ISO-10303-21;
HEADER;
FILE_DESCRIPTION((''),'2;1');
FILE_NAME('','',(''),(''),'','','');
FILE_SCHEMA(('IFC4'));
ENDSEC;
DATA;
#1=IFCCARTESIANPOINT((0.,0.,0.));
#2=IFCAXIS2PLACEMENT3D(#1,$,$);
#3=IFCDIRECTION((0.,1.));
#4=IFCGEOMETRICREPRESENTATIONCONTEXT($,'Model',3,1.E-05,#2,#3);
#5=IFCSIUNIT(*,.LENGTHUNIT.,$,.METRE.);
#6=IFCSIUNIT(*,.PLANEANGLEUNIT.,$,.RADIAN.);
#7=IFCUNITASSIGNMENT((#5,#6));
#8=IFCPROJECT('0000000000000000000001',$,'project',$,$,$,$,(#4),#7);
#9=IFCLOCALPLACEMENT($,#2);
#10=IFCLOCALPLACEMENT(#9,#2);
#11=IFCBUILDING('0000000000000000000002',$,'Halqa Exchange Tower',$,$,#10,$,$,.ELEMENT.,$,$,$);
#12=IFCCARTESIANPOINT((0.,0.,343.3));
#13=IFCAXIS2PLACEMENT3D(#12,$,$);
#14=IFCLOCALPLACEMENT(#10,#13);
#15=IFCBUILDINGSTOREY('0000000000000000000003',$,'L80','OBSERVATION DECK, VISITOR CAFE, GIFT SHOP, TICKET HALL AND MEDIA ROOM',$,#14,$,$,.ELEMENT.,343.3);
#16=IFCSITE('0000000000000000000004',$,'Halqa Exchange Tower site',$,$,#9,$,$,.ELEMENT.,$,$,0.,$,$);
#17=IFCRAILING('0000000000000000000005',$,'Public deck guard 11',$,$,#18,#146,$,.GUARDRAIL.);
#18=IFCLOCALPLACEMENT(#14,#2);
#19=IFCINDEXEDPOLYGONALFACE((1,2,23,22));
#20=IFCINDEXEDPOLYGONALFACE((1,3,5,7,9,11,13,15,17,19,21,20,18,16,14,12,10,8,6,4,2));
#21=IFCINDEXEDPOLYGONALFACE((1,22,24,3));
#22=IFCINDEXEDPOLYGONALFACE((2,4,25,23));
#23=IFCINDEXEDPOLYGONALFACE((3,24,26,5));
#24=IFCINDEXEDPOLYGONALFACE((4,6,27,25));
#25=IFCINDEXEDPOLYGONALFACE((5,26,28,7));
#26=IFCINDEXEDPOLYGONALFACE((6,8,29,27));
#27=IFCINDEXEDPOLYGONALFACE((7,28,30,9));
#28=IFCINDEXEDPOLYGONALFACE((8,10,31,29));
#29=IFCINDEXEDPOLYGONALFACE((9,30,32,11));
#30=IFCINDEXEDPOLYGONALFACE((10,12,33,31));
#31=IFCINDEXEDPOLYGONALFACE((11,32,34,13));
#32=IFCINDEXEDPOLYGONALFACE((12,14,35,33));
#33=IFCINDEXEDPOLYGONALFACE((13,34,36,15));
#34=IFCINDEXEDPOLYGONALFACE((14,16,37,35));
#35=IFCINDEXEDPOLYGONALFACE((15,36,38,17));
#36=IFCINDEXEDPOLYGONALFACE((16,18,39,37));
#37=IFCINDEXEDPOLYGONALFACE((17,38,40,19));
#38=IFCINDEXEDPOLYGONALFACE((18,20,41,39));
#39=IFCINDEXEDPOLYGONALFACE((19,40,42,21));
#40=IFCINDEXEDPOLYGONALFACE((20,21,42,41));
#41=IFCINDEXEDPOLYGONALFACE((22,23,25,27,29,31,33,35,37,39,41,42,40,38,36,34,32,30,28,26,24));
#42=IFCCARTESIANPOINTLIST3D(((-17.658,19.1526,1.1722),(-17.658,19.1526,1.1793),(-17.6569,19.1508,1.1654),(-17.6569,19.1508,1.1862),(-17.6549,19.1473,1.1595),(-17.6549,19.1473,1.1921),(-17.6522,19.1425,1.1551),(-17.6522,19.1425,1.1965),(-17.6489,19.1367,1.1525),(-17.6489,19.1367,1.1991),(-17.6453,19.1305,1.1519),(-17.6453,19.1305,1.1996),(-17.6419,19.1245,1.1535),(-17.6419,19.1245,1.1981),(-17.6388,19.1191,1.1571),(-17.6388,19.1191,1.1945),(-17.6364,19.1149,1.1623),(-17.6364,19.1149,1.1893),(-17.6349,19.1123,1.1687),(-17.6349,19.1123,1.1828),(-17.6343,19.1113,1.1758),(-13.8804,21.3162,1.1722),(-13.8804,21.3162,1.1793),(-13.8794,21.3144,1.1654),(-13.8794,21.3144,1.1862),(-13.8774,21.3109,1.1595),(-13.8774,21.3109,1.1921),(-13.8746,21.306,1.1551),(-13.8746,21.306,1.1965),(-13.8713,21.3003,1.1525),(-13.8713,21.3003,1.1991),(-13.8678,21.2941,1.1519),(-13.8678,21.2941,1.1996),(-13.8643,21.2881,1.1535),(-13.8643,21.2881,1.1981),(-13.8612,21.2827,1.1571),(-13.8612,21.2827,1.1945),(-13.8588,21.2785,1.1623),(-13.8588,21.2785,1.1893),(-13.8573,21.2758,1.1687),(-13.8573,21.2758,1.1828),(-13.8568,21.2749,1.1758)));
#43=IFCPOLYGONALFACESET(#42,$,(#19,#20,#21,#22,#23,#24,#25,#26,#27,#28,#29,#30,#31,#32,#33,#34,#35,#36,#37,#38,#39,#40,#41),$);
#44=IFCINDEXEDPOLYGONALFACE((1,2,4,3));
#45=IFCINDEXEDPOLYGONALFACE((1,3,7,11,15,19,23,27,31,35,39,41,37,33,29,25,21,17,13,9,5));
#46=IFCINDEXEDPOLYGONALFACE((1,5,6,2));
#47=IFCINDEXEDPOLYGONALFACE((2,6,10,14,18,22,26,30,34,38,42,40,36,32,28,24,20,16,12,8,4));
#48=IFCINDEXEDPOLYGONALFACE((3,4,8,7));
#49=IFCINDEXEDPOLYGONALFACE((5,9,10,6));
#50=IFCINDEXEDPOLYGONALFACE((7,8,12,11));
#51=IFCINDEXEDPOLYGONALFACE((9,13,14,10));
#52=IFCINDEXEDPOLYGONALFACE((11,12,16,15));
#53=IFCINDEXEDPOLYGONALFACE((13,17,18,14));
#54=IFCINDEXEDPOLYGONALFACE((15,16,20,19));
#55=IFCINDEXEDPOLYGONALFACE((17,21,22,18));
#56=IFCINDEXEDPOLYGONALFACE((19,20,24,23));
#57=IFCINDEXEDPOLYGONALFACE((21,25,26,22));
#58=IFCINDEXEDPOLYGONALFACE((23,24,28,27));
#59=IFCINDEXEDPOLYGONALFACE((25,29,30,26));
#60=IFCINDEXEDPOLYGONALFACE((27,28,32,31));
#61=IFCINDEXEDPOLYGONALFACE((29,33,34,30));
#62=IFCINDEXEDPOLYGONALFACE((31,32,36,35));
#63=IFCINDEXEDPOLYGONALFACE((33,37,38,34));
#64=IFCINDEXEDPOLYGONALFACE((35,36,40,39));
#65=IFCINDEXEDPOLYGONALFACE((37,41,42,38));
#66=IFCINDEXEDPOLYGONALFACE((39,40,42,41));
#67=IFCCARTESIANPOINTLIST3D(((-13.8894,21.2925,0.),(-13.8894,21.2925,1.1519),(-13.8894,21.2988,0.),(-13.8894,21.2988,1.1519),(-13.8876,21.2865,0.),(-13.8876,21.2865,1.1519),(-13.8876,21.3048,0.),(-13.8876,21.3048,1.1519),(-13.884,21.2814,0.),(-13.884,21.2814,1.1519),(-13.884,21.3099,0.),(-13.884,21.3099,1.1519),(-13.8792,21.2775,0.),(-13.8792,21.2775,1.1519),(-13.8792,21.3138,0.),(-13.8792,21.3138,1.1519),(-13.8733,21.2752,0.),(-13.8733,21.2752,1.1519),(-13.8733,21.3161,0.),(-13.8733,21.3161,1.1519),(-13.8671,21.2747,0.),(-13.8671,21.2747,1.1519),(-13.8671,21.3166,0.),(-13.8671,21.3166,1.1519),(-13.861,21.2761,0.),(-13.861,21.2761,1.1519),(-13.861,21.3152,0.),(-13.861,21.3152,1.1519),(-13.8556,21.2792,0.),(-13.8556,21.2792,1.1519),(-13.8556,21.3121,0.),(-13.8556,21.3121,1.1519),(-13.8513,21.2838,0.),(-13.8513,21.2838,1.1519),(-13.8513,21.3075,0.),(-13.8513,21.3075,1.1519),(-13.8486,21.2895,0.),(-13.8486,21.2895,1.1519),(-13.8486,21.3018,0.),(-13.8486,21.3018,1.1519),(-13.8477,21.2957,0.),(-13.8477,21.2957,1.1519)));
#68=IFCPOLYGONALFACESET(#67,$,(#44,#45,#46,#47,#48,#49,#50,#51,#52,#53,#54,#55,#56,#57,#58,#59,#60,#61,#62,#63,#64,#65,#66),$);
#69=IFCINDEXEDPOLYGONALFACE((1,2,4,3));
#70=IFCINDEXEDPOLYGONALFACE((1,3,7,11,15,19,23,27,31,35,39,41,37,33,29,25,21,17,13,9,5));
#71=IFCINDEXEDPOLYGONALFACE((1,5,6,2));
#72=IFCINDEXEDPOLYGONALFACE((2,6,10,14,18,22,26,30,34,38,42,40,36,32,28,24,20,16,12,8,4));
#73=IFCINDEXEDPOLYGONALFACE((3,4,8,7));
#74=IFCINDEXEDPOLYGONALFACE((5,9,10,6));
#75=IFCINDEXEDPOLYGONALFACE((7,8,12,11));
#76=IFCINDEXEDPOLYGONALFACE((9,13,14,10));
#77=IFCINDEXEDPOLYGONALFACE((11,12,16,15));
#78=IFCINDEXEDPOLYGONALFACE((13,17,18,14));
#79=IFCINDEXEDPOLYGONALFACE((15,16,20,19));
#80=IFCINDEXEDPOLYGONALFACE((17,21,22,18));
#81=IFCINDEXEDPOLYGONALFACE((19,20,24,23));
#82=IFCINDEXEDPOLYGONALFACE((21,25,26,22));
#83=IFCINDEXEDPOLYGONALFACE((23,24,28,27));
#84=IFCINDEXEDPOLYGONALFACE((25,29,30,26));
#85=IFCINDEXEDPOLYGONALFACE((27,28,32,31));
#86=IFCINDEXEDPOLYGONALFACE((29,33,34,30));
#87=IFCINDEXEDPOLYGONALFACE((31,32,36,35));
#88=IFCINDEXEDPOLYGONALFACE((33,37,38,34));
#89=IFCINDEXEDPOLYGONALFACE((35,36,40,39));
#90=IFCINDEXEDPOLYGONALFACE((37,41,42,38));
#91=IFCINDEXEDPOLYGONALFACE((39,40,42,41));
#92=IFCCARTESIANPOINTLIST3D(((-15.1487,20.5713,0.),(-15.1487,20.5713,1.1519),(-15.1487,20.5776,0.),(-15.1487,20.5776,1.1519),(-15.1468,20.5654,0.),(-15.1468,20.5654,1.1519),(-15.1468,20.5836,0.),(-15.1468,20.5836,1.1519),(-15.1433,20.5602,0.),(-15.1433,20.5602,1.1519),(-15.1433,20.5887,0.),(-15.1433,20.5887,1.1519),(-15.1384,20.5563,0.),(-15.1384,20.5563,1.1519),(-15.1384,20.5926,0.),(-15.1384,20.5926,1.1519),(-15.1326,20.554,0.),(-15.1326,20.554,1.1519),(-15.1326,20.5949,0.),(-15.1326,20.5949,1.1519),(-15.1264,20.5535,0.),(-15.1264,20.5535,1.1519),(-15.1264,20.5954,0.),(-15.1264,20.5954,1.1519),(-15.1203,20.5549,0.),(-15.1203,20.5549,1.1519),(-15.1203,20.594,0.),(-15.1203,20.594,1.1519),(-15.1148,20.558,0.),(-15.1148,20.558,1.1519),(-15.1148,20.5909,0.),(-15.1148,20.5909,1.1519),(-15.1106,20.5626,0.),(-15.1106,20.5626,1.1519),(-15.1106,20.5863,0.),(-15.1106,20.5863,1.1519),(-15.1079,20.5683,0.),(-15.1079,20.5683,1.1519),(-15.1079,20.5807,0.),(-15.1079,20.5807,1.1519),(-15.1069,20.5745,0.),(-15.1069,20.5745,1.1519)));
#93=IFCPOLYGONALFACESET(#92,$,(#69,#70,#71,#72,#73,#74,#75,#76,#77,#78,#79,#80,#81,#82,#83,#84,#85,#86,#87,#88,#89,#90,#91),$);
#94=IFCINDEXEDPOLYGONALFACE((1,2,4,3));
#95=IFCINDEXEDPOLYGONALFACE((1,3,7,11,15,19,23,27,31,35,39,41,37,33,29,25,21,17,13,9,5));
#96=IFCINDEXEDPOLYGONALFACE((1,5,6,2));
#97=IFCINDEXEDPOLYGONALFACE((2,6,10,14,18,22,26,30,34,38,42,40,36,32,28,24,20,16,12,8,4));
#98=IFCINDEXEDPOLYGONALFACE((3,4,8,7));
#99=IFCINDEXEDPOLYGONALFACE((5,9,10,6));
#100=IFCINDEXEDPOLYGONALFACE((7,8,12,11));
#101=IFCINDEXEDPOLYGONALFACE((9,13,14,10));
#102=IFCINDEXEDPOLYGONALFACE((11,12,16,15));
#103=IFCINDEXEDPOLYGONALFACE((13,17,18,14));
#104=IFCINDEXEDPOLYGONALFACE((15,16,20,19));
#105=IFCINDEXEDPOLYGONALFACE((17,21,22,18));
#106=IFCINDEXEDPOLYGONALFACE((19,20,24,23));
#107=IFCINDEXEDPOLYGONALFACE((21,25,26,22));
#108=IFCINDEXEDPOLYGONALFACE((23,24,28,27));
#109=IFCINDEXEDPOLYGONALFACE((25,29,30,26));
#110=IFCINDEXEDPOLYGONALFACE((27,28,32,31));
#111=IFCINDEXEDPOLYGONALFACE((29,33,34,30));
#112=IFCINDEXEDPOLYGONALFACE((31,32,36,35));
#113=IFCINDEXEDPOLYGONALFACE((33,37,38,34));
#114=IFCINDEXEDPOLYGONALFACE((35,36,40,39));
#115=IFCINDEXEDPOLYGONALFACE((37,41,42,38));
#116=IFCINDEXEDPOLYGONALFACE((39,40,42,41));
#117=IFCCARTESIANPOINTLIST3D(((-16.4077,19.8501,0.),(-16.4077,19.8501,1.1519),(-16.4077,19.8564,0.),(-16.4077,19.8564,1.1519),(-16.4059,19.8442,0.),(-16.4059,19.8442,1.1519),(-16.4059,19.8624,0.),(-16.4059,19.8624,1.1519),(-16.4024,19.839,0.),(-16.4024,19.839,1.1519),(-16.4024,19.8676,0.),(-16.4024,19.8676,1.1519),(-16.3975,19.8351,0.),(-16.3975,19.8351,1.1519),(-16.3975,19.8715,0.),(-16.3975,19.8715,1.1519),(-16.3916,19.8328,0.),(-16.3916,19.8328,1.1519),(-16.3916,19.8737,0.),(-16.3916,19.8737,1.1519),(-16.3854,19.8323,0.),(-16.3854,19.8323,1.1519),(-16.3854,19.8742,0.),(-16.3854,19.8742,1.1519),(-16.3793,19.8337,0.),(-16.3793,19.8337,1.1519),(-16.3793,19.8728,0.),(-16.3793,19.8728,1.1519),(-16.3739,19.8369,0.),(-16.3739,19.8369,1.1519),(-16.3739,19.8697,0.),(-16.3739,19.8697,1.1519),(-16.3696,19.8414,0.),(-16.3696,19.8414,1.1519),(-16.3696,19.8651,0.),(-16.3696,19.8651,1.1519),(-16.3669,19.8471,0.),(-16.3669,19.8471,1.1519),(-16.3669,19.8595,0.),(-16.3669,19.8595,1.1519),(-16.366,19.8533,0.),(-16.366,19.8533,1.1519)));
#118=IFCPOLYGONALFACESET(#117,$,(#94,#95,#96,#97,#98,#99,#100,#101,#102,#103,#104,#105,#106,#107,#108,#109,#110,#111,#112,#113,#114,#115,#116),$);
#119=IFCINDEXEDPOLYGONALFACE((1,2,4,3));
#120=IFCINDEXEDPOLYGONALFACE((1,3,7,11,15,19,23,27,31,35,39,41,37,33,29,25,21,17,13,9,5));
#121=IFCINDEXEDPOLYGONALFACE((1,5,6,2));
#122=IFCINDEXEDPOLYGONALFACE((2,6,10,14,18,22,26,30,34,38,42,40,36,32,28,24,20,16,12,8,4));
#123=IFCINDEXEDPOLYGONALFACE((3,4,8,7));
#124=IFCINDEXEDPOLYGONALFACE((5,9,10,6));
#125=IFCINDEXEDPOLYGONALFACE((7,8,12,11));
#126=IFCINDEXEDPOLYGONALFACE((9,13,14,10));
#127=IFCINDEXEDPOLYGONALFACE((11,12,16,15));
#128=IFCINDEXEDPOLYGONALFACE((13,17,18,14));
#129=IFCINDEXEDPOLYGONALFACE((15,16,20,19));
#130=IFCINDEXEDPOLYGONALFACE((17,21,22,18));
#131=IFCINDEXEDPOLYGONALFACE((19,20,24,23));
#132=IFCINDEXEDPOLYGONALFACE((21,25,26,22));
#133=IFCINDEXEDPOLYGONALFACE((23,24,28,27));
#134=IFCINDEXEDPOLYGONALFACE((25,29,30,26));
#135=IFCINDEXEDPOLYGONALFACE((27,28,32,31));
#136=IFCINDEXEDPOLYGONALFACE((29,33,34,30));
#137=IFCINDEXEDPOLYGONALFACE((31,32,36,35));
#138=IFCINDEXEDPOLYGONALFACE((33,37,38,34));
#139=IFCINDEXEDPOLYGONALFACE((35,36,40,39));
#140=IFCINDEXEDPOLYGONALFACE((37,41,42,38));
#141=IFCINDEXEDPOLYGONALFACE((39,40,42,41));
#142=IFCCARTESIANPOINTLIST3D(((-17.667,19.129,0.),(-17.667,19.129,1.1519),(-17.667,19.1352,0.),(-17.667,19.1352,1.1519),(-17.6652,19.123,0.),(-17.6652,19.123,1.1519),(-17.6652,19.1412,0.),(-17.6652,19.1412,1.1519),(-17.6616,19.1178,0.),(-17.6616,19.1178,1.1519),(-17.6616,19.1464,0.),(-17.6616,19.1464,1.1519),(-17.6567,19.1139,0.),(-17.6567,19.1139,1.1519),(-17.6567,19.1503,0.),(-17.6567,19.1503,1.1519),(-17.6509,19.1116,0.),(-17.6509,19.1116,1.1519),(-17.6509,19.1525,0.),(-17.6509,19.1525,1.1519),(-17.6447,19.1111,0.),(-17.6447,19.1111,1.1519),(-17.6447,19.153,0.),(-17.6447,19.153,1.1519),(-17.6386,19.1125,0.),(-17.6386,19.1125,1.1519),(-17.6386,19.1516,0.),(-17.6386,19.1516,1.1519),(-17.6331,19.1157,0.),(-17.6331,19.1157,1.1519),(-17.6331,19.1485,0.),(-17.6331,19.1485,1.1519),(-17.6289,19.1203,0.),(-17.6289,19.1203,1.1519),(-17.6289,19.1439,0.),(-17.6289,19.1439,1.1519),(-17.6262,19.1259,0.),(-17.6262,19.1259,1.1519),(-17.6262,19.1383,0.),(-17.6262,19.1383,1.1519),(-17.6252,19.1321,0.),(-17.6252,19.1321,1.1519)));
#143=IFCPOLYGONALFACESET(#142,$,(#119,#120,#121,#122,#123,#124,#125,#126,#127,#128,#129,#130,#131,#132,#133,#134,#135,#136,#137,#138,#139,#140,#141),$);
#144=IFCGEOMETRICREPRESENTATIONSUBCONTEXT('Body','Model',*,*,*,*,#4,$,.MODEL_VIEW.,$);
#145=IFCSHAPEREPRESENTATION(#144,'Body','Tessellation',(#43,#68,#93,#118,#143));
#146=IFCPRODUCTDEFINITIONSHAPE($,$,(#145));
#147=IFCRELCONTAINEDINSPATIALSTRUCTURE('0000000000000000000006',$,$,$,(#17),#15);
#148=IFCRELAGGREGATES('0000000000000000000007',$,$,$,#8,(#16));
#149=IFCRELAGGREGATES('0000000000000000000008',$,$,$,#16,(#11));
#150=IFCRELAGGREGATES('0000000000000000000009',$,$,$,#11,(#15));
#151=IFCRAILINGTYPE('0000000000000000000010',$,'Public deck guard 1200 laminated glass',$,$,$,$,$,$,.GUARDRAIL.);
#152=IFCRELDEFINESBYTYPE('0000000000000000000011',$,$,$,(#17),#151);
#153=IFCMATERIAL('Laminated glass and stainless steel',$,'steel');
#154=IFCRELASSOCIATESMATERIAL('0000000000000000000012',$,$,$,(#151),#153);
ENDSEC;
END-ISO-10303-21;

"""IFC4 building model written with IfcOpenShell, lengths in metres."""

from ifc_helpers import new_model, si_unit, direction, frame, origin, origin_2d, place, context, subcontext, project, spatial, circle, extrude, material, type_object, element, save


model = new_model("IFC4")

# Units and contexts
model_context = context("Model", 3, precision=1e-05, world=origin(), true_north=direction((0.0, 1.0)))
body_context = subcontext(model_context, "Body", "Model", "MODEL_VIEW")
ifc_project = project(units=[si_unit("LENGTHUNIT", "METRE"), si_unit("PLANEANGLEUNIT", "RADIAN")], contexts=[model_context])

# Site, building, storey
site_placement = place(None, origin())
site = spatial("IfcSite", under=ifc_project, at=site_placement, Name="Halqa Exchange Tower site", CompositionType="ELEMENT", RefElevation=0.0)
building_placement = place(site_placement, origin())
building = spatial("IfcBuilding", under=site, at=building_placement, Name="Halqa Exchange Tower", CompositionType="ELEMENT")
storey_placement = place(building_placement, frame((0.0, 0.0, 343.3)))
storey = spatial("IfcBuildingStorey", under=building, at=storey_placement, Name="L80", Description="OBSERVATION DECK, VISITOR CAFE, GIFT SHOP, TICKET HALL AND MEDIA ROOM", CompositionType="ELEMENT", Elevation=343.3)

# Railing
ifc_material_1 = material(Name="Laminated glass and stainless steel", Category="steel")
railing_type = type_object("IfcRailingType", Name="Public deck guard 1200 laminated glass", PredefinedType="GUARDRAIL", material=ifc_material_1)
railing_1_placement = place(storey_placement, frame((-13.8687, 21.2957, 0.0)))
element("IfcRailing", 1, at=railing_1_placement, inside=storey, type_object=railing_type, Name="Public deck guard 11", PredefinedType="GUARDRAIL", context=body_context, shape_type="SweptSolid", body=[
    extrude(circle(Radius=0.0239, at=origin_2d()), frame((0.0, 0.0, 1.1758), z_axis=(-0.867753, -0.496996, 0.0), x_axis=(0.496996, -0.867753, 0.0)), (0.0, 0.0, 1.0), 4.3533),
    extrude(circle(Radius=0.021, at=origin_2d()), origin(), (0.0, 0.0, 1.0), 1.1519),
    extrude(circle(Radius=0.021, at=origin_2d()), frame((-1.2593, -0.7212, 0.0)), (0.0, 0.0, 1.0), 1.1519),
    extrude(circle(Radius=0.021, at=origin_2d()), frame((-2.5183, -1.4424, 0.0)), (0.0, 0.0, 1.0), 1.1519),
    extrude(circle(Radius=0.021, at=origin_2d()), frame((-3.7776, -2.1636, 0.0)), (0.0, 0.0, 1.0), 1.1519),
])

save(model, "model.ifc")
